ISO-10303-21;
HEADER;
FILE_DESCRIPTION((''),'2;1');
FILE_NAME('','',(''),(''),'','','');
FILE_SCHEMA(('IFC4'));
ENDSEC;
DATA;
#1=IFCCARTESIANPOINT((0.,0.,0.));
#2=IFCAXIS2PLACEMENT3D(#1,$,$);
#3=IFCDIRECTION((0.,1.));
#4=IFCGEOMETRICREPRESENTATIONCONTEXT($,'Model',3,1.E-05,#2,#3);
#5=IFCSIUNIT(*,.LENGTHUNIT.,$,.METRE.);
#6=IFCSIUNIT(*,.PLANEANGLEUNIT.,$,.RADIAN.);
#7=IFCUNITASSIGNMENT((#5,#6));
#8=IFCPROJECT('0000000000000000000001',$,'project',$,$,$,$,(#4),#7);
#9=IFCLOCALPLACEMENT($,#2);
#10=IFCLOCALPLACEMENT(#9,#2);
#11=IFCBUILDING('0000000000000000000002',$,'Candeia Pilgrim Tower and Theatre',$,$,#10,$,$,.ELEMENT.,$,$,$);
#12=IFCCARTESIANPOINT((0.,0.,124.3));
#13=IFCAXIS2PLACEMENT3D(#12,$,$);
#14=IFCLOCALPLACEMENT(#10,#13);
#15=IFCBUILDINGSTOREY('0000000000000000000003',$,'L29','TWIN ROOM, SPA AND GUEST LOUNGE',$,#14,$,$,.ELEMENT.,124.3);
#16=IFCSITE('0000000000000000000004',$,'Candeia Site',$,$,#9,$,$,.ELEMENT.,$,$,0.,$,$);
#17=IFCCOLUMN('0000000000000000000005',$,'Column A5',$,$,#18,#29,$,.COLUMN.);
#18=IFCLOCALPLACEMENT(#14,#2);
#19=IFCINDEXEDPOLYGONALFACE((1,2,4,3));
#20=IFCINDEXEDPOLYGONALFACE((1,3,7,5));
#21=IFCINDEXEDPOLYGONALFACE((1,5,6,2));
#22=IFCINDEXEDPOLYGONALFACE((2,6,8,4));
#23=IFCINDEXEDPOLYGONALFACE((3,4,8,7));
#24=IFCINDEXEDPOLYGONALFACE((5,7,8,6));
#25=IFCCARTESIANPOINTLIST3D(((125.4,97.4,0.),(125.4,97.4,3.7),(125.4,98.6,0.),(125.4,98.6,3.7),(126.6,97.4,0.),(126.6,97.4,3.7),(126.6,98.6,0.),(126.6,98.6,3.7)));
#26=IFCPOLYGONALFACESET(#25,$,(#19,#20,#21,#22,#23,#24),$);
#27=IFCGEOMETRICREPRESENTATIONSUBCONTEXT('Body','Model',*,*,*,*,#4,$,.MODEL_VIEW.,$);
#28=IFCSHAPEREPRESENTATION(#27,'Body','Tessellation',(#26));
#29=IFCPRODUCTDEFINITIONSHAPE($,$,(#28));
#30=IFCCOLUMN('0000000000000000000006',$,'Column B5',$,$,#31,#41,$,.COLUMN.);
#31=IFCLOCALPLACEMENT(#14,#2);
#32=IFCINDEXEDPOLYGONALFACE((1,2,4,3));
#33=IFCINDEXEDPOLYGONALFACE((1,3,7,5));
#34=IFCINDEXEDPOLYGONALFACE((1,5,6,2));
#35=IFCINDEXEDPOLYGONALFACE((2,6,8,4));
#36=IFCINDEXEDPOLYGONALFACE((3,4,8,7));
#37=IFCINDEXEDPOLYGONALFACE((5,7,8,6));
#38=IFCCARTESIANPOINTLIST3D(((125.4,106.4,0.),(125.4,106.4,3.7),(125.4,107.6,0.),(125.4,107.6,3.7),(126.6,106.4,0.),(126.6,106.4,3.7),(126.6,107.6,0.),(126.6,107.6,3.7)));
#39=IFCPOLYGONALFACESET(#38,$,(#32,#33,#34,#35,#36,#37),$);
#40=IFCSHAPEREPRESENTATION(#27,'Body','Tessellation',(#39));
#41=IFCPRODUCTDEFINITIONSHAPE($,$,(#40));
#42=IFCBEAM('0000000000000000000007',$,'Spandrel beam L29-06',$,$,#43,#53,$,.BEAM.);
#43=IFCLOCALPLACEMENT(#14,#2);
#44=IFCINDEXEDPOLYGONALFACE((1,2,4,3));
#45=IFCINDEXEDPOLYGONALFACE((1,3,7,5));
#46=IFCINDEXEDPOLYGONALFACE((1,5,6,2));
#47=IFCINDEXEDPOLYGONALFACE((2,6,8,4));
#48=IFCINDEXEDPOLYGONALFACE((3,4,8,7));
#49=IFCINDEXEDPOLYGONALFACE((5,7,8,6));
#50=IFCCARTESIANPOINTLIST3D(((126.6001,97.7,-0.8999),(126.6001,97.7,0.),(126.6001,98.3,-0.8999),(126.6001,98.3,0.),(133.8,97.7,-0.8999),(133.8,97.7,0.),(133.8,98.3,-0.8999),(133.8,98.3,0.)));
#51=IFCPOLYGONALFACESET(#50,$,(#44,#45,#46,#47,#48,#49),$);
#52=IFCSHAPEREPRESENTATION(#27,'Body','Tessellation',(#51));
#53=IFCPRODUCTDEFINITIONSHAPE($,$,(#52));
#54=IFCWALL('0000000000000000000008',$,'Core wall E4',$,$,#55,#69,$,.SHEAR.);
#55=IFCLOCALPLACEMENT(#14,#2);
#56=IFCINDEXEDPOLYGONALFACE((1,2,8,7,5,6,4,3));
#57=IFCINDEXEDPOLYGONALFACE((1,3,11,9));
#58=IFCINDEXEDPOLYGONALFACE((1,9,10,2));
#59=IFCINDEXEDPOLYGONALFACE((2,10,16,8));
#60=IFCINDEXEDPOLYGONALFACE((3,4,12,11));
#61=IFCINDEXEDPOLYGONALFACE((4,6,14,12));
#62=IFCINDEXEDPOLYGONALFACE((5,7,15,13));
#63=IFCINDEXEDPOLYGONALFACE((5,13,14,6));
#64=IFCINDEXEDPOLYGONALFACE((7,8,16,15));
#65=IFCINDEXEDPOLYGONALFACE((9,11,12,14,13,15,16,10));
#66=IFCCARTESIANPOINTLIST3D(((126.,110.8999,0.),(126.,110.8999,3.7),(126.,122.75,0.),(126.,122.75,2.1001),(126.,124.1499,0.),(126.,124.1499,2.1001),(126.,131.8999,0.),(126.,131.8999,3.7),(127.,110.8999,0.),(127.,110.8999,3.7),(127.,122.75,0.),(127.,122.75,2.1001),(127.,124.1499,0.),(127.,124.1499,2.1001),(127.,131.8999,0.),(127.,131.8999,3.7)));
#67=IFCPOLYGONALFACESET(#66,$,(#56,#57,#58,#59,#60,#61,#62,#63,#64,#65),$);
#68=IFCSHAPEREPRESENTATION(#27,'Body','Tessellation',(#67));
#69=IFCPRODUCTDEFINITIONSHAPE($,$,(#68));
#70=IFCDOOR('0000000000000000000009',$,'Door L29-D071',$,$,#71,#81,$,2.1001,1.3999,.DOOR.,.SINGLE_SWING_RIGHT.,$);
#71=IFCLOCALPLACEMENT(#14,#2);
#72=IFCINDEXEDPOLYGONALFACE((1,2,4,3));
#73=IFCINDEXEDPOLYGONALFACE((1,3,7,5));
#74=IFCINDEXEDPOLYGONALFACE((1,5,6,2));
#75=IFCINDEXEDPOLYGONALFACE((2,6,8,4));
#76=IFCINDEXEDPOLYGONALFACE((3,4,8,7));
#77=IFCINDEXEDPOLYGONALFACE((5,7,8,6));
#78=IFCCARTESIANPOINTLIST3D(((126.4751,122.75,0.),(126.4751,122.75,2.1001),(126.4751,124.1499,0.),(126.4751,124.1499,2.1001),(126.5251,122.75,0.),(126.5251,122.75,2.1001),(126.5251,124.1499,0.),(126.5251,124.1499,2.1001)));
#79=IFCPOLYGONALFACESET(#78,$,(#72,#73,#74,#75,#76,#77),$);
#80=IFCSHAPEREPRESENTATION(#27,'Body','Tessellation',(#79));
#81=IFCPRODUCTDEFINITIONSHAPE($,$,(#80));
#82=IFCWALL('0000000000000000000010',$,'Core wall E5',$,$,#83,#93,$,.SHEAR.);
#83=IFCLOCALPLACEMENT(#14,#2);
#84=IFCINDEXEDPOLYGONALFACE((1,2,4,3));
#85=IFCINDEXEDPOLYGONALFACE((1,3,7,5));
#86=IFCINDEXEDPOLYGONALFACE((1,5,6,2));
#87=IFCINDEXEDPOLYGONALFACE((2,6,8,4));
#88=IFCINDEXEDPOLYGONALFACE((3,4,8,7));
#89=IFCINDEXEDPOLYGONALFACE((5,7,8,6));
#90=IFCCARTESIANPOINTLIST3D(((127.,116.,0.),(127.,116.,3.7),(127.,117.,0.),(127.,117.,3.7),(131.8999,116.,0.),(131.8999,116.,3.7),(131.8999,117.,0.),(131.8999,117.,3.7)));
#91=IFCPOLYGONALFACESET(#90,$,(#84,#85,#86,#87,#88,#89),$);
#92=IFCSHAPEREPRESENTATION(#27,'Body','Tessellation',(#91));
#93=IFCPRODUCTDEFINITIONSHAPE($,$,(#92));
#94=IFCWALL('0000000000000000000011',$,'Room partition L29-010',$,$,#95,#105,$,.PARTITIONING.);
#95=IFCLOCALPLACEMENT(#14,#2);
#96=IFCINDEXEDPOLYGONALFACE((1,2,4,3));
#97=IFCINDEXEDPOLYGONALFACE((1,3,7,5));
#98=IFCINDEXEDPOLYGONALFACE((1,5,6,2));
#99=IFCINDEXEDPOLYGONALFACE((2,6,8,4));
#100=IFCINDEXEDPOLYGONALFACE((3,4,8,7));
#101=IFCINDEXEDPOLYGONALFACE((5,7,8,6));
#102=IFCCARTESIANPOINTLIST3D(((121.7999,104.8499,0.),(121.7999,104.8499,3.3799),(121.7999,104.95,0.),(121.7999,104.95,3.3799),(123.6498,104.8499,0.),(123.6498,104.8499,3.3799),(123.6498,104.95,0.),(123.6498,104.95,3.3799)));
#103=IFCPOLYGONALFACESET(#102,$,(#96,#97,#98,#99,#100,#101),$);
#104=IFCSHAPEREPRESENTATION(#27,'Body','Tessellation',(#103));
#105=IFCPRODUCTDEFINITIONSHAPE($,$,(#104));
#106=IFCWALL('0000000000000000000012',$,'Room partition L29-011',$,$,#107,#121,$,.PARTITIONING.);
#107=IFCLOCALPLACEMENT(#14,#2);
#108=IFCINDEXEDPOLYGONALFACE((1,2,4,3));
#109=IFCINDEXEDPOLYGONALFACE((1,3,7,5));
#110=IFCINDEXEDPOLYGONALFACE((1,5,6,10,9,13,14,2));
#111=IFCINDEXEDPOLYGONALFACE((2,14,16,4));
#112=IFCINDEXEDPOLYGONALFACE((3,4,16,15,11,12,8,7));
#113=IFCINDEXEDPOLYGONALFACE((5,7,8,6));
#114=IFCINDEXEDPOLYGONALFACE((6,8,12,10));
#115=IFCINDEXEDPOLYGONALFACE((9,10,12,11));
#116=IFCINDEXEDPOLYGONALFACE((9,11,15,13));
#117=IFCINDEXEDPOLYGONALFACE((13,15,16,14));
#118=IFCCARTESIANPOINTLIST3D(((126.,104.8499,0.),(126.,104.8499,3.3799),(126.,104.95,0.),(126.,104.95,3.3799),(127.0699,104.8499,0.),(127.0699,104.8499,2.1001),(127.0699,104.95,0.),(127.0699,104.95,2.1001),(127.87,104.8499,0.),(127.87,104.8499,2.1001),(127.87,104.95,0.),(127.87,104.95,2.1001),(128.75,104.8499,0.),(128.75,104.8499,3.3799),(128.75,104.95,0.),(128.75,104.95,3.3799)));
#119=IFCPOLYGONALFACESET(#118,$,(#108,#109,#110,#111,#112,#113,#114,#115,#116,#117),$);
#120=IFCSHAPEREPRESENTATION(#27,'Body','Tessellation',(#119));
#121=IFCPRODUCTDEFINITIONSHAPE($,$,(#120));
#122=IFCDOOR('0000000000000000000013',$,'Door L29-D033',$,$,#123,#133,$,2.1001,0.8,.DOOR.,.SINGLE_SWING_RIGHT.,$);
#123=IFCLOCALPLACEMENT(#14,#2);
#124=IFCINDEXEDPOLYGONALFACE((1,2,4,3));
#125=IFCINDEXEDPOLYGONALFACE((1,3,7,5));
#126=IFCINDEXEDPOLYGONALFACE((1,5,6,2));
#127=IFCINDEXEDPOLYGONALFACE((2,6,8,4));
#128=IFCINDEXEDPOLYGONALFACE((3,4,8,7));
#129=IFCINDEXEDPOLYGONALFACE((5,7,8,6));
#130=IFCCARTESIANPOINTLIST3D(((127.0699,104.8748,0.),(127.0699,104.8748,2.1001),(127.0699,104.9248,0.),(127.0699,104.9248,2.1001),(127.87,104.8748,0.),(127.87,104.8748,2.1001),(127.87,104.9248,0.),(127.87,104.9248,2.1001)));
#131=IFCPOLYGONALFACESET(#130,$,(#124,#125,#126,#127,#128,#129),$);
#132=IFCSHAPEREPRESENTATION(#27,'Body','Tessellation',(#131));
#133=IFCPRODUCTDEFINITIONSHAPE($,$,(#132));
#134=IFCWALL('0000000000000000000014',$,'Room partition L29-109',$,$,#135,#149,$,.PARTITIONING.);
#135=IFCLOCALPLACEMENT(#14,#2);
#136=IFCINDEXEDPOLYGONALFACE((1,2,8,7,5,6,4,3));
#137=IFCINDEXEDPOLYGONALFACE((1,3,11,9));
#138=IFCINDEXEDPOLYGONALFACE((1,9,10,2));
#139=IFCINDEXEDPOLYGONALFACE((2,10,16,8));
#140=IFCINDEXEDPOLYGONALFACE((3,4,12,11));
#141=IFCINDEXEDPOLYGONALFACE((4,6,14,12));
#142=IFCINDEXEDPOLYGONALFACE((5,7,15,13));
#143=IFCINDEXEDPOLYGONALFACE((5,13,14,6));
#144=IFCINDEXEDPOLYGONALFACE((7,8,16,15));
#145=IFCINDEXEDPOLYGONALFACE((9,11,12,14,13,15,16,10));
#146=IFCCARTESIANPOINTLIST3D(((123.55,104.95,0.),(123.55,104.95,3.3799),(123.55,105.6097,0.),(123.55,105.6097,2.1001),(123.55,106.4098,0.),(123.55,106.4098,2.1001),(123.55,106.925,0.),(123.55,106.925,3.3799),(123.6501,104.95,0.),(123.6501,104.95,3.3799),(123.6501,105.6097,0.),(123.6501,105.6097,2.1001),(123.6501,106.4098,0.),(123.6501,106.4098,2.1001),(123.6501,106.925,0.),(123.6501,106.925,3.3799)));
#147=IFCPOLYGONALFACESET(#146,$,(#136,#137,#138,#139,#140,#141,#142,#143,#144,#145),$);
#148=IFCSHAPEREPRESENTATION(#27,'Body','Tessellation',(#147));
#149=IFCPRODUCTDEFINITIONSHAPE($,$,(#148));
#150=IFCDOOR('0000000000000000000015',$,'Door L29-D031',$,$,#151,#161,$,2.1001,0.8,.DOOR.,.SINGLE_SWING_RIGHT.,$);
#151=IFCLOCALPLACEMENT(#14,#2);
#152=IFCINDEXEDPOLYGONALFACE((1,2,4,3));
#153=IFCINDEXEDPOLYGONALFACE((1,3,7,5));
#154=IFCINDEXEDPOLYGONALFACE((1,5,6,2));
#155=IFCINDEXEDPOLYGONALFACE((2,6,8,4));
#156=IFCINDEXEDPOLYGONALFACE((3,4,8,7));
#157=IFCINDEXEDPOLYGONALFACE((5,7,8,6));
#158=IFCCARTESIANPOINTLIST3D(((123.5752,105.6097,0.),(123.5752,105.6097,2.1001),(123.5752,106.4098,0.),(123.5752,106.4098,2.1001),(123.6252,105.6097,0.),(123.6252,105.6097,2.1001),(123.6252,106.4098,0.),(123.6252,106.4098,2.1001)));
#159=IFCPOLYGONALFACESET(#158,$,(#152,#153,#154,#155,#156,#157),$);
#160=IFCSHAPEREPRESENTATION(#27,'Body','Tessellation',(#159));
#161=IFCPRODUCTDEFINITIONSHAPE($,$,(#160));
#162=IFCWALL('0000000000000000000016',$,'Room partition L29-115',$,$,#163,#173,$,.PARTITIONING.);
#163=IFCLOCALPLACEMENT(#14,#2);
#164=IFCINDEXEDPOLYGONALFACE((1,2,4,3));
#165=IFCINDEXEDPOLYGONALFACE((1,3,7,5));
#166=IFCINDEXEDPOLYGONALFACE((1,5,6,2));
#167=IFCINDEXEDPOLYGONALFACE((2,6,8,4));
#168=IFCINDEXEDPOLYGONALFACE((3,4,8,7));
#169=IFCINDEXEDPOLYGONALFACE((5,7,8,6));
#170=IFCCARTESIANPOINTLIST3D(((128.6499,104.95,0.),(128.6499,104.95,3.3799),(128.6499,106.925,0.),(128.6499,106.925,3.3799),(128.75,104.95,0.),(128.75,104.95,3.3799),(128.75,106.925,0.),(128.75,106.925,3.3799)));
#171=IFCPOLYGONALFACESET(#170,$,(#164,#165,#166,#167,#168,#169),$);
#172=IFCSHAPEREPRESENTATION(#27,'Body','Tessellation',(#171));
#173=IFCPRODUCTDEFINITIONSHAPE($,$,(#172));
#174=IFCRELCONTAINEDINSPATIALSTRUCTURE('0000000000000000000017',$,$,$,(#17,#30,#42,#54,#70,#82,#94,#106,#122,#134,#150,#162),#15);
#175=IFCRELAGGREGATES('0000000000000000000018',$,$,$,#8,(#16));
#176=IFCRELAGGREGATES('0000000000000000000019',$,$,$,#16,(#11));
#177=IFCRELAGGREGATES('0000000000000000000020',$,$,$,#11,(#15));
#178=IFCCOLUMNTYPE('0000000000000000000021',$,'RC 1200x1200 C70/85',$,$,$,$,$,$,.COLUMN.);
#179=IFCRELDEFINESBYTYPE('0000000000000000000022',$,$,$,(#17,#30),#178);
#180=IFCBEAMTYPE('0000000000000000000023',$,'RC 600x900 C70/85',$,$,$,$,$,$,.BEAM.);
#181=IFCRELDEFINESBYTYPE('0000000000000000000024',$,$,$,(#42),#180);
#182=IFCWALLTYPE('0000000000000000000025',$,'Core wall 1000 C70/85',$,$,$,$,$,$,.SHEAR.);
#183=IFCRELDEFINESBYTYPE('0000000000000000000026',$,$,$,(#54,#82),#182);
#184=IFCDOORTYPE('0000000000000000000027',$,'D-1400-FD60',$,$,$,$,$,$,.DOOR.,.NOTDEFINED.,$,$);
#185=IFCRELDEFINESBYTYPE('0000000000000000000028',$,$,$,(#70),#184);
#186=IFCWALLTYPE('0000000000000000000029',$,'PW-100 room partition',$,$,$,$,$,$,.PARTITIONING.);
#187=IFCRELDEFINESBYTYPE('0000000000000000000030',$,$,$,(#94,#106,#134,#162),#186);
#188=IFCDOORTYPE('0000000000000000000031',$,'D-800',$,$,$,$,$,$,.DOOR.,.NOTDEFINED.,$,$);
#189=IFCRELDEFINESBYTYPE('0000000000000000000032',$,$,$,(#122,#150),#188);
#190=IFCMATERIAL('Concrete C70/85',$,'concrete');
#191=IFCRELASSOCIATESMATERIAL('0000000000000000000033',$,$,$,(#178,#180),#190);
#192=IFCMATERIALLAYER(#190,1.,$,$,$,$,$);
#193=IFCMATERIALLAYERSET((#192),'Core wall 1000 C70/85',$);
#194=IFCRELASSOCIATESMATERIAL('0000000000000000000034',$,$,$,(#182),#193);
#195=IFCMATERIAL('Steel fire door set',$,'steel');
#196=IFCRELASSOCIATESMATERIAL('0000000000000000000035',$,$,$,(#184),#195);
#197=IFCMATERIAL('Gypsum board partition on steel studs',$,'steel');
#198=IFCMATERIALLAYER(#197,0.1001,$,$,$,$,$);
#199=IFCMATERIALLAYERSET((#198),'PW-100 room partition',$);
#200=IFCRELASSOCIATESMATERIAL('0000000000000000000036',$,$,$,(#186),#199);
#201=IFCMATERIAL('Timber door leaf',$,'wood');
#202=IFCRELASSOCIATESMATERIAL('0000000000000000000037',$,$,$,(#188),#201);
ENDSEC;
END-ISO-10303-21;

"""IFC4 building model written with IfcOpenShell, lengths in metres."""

from ifc_helpers import new_model, si_unit, direction, frame, frame_2d, origin, origin_2d, place, context, subcontext, project, spatial, rectangle, extrude, material, layer, layer_set, material_profile, profile_set, type_object, element, fill, save


model = new_model("IFC4")

# Units and contexts
model_context = context("Model", 3, precision=1e-05, world=origin(), true_north=direction((0.0, 1.0)))
body_context = subcontext(model_context, "Body", "Model", "MODEL_VIEW")
ifc_project = project(units=[si_unit("LENGTHUNIT", "METRE"), si_unit("PLANEANGLEUNIT", "RADIAN")], contexts=[model_context])

# Site, building, storey
site_placement = place(None, origin())
site = spatial("IfcSite", under=ifc_project, at=site_placement, Name="Candeia Site", CompositionType="ELEMENT", RefElevation=0.0)
building_placement = place(site_placement, origin())
building = spatial("IfcBuilding", under=site, at=building_placement, Name="Candeia Pilgrim Tower and Theatre", CompositionType="ELEMENT")
storey_placement = place(building_placement, frame((0.0, 0.0, 124.3)))
storey = spatial("IfcBuildingStorey", under=building, at=storey_placement, Name="L29", Description="TWIN ROOM, SPA AND GUEST LOUNGE", CompositionType="ELEMENT", Elevation=124.3)

# Columns
ifc_material_1 = material(Name="Concrete C70/85", Category="concrete")
ifc_material_profile_1 = material_profile(ifc_material_1, rectangle(XDim=1.2, YDim=1.2, at=origin_2d()))
ifc_profile_set_1 = profile_set([ifc_material_profile_1], Name="Concrete C70/85")
column_type = type_object("IfcColumnType", Name="RC 1200x1200 C70/85", PredefinedType="COLUMN", material=ifc_profile_set_1)
for number, where, z_axis, x_axis, name in (
    (1, (126.0, 98.0, 0.0), (0.0, 0.0, 1.0), (1.0, 0.0, 0.0), "Column A5"),
    (2, (126.0, 107.0, 0.0), (0.0, 0.0, 1.0), (1.0, 0.0, 0.0), "Column B5"),
):
    element("IfcColumn", number, at=place(storey_placement, frame(where, z_axis=z_axis, x_axis=x_axis)), inside=storey, type_object=column_type, Name=name, PredefinedType="COLUMN", context=body_context, shape_type="SweptSolid", body=[
        extrude(rectangle(XDim=1.2, YDim=1.2, at=origin_2d()), origin(), (0.0, 0.0, 1.0), 3.7),
    ])

# Beam
ifc_material_profile_2 = material_profile(ifc_material_1, rectangle(XDim=0.6001, YDim=0.8999, at=origin_2d()))
ifc_profile_set_2 = profile_set([ifc_material_profile_2], Name="Concrete C70/85")
beam_type = type_object("IfcBeamType", Name="RC 600x900 C70/85", PredefinedType="BEAM", material=ifc_profile_set_2)
beam_placement = place(storey_placement, frame((126.6001, 98.0, -0.45), z_axis=(1.0, 0.0, 0.0), x_axis=(0.0, 1.0, 0.0)))
element("IfcBeam", 3, at=beam_placement, inside=storey, type_object=beam_type, Name="Spandrel beam L29-06", PredefinedType="BEAM", context=body_context, shape_type="SweptSolid", body=[
    extrude(rectangle(XDim=0.6001, YDim=0.8999, at=origin_2d()), origin(), (0.0, 0.0, 1.0), 7.2),
])

# Wall, opening, door
ifc_layer_1 = layer(ifc_material_1, 1.0)
ifc_layer_set_1 = layer_set([ifc_layer_1], Name="Core wall 1000 C70/85")
wall_type_1 = type_object("IfcWallType", Name="Core wall 1000 C70/85", PredefinedType="SHEAR", material=ifc_layer_set_1)
wall_1_placement = place(storey_placement, frame((126.5, 110.8999, 0.0), z_axis=(0.0, 0.0, 1.0), x_axis=(0.0, 1.0, 0.0)))
wall_1 = element("IfcWall", 4, at=wall_1_placement, inside=storey, type_object=wall_type_1, Name="Core wall E4", PredefinedType="SHEAR", context=body_context, shape_type="SweptSolid", body=[
    extrude(rectangle(XDim=21.0, YDim=1.0, at=frame_2d((10.5, 0.0))), origin(), (0.0, 0.0, 1.0), 3.7),
])
opening_1_placement = place(wall_1_placement, frame((11.8501, 0.0, 0.0)))
opening_1 = element("IfcOpeningElement", 5, at=opening_1_placement, cuts=wall_1, PredefinedType="OPENING", context=body_context, shape_type="SweptSolid", body=[
    extrude(rectangle(XDim=1.3999, YDim=2.1001, at=frame_2d((0.7, 1.05))), frame((0.0, 0.51, 0.0), z_axis=(0.0, -1.0, 0.0), x_axis=(1.0, 0.0, 0.0)), (0.0, 0.0, 1.0), 1.02),
])
ifc_material_2 = material(Name="Steel fire door set", Category="steel")
door_type_1 = type_object("IfcDoorType", Name="D-1400-FD60", OperationType="NOTDEFINED", PredefinedType="DOOR", material=ifc_material_2)
door_1_placement = place(opening_1_placement, origin())
door_1 = element("IfcDoor", 6, at=door_1_placement, inside=storey, type_object=door_type_1, Name="Door L29-D071", OperationType="SINGLE_SWING_RIGHT", OverallHeight=2.1001, OverallWidth=1.3999, PredefinedType="DOOR", context=body_context, shape_type="SweptSolid", body=[
    extrude(rectangle(XDim=1.3999, YDim=2.1001, at=frame_2d((0.7, 1.05))), frame((0.0, 0.0249, 0.0), z_axis=(0.0, -1.0, 0.0), x_axis=(1.0, 0.0, 0.0)), (0.0, 0.0, 1.0), 0.05),
])
fill(opening_1, door_1)

# Walls
wall_2_placement = place(storey_placement, frame((127.0, 116.5, 0.0), z_axis=(0.0, 0.0, 1.0), x_axis=(1.0, 0.0, 0.0)))
element("IfcWall", 7, at=wall_2_placement, inside=storey, type_object=wall_type_1, Name="Core wall E5", PredefinedType="SHEAR", context=body_context, shape_type="SweptSolid", body=[
    extrude(rectangle(XDim=4.8999, YDim=1.0, at=frame_2d((2.45, 0.0))), origin(), (0.0, 0.0, 1.0), 3.7),
])
ifc_material_3 = material(Name="Gypsum board partition on steel studs", Category="steel")
ifc_layer_2 = layer(ifc_material_3, 0.1001)
ifc_layer_set_2 = layer_set([ifc_layer_2], Name="PW-100 room partition")
wall_type_2 = type_object("IfcWallType", Name="PW-100 room partition", PredefinedType="PARTITIONING", material=ifc_layer_set_2)
wall_3_placement = place(storey_placement, frame((121.8, 104.8999, 0.0), z_axis=(0.0, 0.0, 1.0), x_axis=(1.0, 0.0, 0.0)))
element("IfcWall", 8, at=wall_3_placement, inside=storey, type_object=wall_type_2, Name="Room partition L29-010", PredefinedType="PARTITIONING", context=body_context, shape_type="SweptSolid", body=[
    extrude(rectangle(XDim=1.8499, YDim=0.1001, at=frame_2d((0.9248, 0.0))), origin(), (0.0, 0.0, 1.0), 3.3799),
])

# Walls, openings, doors
wall_4_placement = place(storey_placement, frame((126.0, 104.8999, 0.0), z_axis=(0.0, 0.0, 1.0), x_axis=(1.0, 0.0, 0.0)))
wall_4 = element("IfcWall", 9, at=wall_4_placement, inside=storey, type_object=wall_type_2, Name="Room partition L29-011", PredefinedType="PARTITIONING", context=body_context, shape_type="SweptSolid", body=[
    extrude(rectangle(XDim=2.75, YDim=0.1001, at=frame_2d((1.375, 0.0))), origin(), (0.0, 0.0, 1.0), 3.3799),
])
opening_2_placement = place(wall_4_placement, frame((1.0701, 0.0, 0.0)))
opening_2 = element("IfcOpeningElement", 10, at=opening_2_placement, cuts=wall_4, PredefinedType="OPENING", context=body_context, shape_type="SweptSolid", body=[
    extrude(rectangle(XDim=0.8, YDim=2.1001, at=frame_2d((0.3999, 1.05))), frame((0.0, 0.0601, 0.0), z_axis=(0.0, -1.0, 0.0), x_axis=(1.0, 0.0, 0.0)), (0.0, 0.0, 1.0), 0.1201),
])
ifc_material_4 = material(Name="Timber door leaf", Category="wood")
door_type_2 = type_object("IfcDoorType", Name="D-800", OperationType="NOTDEFINED", PredefinedType="DOOR", material=ifc_material_4)
door_2_placement = place(opening_2_placement, origin())
door_2 = element("IfcDoor", 11, at=door_2_placement, inside=storey, type_object=door_type_2, Name="Door L29-D033", OperationType="SINGLE_SWING_RIGHT", OverallHeight=2.1001, OverallWidth=0.8, PredefinedType="DOOR", context=body_context, shape_type="SweptSolid", body=[
    extrude(rectangle(XDim=0.8, YDim=2.1001, at=frame_2d((0.3999, 1.05))), frame((0.0, 0.0249, 0.0), z_axis=(0.0, -1.0, 0.0), x_axis=(1.0, 0.0, 0.0)), (0.0, 0.0, 1.0), 0.05),
])
fill(opening_2, door_2)
wall_5_placement = place(storey_placement, frame((123.6001, 104.95, 0.0), z_axis=(0.0, 0.0, 1.0), x_axis=(0.0, 1.0, 0.0)))
wall_5 = element("IfcWall", 12, at=wall_5_placement, inside=storey, type_object=wall_type_2, Name="Room partition L29-109", PredefinedType="PARTITIONING", context=body_context, shape_type="SweptSolid", body=[
    extrude(rectangle(XDim=1.9751, YDim=0.1001, at=frame_2d((0.9875, 0.0))), origin(), (0.0, 0.0, 1.0), 3.3799),
])
opening_3_placement = place(wall_5_placement, frame((0.6599, 0.0, 0.0)))
opening_3 = element("IfcOpeningElement", 13, at=opening_3_placement, cuts=wall_5, PredefinedType="OPENING", context=body_context, shape_type="SweptSolid", body=[
    extrude(rectangle(XDim=0.8, YDim=2.1001, at=frame_2d((0.3999, 1.05))), frame((0.0, 0.0601, 0.0), z_axis=(0.0, -1.0, 0.0), x_axis=(1.0, 0.0, 0.0)), (0.0, 0.0, 1.0), 0.1201),
])
door_3_placement = place(opening_3_placement, origin())
door_3 = element("IfcDoor", 14, at=door_3_placement, inside=storey, type_object=door_type_2, Name="Door L29-D031", OperationType="SINGLE_SWING_RIGHT", OverallHeight=2.1001, OverallWidth=0.8, PredefinedType="DOOR", context=body_context, shape_type="SweptSolid", body=[
    extrude(rectangle(XDim=0.8, YDim=2.1001, at=frame_2d((0.3999, 1.05))), frame((0.0, 0.0249, 0.0), z_axis=(0.0, -1.0, 0.0), x_axis=(1.0, 0.0, 0.0)), (0.0, 0.0, 1.0), 0.05),
])
fill(opening_3, door_3)

# Wall
wall_6_placement = place(storey_placement, frame((128.7, 104.95, 0.0), z_axis=(0.0, 0.0, 1.0), x_axis=(0.0, 1.0, 0.0)))
element("IfcWall", 15, at=wall_6_placement, inside=storey, type_object=wall_type_2, Name="Room partition L29-115", PredefinedType="PARTITIONING", context=body_context, shape_type="SweptSolid", body=[
    extrude(rectangle(XDim=1.9751, YDim=0.1001, at=frame_2d((0.9875, 0.0))), origin(), (0.0, 0.0, 1.0), 3.3799),
])

save(model, "model.ifc")
